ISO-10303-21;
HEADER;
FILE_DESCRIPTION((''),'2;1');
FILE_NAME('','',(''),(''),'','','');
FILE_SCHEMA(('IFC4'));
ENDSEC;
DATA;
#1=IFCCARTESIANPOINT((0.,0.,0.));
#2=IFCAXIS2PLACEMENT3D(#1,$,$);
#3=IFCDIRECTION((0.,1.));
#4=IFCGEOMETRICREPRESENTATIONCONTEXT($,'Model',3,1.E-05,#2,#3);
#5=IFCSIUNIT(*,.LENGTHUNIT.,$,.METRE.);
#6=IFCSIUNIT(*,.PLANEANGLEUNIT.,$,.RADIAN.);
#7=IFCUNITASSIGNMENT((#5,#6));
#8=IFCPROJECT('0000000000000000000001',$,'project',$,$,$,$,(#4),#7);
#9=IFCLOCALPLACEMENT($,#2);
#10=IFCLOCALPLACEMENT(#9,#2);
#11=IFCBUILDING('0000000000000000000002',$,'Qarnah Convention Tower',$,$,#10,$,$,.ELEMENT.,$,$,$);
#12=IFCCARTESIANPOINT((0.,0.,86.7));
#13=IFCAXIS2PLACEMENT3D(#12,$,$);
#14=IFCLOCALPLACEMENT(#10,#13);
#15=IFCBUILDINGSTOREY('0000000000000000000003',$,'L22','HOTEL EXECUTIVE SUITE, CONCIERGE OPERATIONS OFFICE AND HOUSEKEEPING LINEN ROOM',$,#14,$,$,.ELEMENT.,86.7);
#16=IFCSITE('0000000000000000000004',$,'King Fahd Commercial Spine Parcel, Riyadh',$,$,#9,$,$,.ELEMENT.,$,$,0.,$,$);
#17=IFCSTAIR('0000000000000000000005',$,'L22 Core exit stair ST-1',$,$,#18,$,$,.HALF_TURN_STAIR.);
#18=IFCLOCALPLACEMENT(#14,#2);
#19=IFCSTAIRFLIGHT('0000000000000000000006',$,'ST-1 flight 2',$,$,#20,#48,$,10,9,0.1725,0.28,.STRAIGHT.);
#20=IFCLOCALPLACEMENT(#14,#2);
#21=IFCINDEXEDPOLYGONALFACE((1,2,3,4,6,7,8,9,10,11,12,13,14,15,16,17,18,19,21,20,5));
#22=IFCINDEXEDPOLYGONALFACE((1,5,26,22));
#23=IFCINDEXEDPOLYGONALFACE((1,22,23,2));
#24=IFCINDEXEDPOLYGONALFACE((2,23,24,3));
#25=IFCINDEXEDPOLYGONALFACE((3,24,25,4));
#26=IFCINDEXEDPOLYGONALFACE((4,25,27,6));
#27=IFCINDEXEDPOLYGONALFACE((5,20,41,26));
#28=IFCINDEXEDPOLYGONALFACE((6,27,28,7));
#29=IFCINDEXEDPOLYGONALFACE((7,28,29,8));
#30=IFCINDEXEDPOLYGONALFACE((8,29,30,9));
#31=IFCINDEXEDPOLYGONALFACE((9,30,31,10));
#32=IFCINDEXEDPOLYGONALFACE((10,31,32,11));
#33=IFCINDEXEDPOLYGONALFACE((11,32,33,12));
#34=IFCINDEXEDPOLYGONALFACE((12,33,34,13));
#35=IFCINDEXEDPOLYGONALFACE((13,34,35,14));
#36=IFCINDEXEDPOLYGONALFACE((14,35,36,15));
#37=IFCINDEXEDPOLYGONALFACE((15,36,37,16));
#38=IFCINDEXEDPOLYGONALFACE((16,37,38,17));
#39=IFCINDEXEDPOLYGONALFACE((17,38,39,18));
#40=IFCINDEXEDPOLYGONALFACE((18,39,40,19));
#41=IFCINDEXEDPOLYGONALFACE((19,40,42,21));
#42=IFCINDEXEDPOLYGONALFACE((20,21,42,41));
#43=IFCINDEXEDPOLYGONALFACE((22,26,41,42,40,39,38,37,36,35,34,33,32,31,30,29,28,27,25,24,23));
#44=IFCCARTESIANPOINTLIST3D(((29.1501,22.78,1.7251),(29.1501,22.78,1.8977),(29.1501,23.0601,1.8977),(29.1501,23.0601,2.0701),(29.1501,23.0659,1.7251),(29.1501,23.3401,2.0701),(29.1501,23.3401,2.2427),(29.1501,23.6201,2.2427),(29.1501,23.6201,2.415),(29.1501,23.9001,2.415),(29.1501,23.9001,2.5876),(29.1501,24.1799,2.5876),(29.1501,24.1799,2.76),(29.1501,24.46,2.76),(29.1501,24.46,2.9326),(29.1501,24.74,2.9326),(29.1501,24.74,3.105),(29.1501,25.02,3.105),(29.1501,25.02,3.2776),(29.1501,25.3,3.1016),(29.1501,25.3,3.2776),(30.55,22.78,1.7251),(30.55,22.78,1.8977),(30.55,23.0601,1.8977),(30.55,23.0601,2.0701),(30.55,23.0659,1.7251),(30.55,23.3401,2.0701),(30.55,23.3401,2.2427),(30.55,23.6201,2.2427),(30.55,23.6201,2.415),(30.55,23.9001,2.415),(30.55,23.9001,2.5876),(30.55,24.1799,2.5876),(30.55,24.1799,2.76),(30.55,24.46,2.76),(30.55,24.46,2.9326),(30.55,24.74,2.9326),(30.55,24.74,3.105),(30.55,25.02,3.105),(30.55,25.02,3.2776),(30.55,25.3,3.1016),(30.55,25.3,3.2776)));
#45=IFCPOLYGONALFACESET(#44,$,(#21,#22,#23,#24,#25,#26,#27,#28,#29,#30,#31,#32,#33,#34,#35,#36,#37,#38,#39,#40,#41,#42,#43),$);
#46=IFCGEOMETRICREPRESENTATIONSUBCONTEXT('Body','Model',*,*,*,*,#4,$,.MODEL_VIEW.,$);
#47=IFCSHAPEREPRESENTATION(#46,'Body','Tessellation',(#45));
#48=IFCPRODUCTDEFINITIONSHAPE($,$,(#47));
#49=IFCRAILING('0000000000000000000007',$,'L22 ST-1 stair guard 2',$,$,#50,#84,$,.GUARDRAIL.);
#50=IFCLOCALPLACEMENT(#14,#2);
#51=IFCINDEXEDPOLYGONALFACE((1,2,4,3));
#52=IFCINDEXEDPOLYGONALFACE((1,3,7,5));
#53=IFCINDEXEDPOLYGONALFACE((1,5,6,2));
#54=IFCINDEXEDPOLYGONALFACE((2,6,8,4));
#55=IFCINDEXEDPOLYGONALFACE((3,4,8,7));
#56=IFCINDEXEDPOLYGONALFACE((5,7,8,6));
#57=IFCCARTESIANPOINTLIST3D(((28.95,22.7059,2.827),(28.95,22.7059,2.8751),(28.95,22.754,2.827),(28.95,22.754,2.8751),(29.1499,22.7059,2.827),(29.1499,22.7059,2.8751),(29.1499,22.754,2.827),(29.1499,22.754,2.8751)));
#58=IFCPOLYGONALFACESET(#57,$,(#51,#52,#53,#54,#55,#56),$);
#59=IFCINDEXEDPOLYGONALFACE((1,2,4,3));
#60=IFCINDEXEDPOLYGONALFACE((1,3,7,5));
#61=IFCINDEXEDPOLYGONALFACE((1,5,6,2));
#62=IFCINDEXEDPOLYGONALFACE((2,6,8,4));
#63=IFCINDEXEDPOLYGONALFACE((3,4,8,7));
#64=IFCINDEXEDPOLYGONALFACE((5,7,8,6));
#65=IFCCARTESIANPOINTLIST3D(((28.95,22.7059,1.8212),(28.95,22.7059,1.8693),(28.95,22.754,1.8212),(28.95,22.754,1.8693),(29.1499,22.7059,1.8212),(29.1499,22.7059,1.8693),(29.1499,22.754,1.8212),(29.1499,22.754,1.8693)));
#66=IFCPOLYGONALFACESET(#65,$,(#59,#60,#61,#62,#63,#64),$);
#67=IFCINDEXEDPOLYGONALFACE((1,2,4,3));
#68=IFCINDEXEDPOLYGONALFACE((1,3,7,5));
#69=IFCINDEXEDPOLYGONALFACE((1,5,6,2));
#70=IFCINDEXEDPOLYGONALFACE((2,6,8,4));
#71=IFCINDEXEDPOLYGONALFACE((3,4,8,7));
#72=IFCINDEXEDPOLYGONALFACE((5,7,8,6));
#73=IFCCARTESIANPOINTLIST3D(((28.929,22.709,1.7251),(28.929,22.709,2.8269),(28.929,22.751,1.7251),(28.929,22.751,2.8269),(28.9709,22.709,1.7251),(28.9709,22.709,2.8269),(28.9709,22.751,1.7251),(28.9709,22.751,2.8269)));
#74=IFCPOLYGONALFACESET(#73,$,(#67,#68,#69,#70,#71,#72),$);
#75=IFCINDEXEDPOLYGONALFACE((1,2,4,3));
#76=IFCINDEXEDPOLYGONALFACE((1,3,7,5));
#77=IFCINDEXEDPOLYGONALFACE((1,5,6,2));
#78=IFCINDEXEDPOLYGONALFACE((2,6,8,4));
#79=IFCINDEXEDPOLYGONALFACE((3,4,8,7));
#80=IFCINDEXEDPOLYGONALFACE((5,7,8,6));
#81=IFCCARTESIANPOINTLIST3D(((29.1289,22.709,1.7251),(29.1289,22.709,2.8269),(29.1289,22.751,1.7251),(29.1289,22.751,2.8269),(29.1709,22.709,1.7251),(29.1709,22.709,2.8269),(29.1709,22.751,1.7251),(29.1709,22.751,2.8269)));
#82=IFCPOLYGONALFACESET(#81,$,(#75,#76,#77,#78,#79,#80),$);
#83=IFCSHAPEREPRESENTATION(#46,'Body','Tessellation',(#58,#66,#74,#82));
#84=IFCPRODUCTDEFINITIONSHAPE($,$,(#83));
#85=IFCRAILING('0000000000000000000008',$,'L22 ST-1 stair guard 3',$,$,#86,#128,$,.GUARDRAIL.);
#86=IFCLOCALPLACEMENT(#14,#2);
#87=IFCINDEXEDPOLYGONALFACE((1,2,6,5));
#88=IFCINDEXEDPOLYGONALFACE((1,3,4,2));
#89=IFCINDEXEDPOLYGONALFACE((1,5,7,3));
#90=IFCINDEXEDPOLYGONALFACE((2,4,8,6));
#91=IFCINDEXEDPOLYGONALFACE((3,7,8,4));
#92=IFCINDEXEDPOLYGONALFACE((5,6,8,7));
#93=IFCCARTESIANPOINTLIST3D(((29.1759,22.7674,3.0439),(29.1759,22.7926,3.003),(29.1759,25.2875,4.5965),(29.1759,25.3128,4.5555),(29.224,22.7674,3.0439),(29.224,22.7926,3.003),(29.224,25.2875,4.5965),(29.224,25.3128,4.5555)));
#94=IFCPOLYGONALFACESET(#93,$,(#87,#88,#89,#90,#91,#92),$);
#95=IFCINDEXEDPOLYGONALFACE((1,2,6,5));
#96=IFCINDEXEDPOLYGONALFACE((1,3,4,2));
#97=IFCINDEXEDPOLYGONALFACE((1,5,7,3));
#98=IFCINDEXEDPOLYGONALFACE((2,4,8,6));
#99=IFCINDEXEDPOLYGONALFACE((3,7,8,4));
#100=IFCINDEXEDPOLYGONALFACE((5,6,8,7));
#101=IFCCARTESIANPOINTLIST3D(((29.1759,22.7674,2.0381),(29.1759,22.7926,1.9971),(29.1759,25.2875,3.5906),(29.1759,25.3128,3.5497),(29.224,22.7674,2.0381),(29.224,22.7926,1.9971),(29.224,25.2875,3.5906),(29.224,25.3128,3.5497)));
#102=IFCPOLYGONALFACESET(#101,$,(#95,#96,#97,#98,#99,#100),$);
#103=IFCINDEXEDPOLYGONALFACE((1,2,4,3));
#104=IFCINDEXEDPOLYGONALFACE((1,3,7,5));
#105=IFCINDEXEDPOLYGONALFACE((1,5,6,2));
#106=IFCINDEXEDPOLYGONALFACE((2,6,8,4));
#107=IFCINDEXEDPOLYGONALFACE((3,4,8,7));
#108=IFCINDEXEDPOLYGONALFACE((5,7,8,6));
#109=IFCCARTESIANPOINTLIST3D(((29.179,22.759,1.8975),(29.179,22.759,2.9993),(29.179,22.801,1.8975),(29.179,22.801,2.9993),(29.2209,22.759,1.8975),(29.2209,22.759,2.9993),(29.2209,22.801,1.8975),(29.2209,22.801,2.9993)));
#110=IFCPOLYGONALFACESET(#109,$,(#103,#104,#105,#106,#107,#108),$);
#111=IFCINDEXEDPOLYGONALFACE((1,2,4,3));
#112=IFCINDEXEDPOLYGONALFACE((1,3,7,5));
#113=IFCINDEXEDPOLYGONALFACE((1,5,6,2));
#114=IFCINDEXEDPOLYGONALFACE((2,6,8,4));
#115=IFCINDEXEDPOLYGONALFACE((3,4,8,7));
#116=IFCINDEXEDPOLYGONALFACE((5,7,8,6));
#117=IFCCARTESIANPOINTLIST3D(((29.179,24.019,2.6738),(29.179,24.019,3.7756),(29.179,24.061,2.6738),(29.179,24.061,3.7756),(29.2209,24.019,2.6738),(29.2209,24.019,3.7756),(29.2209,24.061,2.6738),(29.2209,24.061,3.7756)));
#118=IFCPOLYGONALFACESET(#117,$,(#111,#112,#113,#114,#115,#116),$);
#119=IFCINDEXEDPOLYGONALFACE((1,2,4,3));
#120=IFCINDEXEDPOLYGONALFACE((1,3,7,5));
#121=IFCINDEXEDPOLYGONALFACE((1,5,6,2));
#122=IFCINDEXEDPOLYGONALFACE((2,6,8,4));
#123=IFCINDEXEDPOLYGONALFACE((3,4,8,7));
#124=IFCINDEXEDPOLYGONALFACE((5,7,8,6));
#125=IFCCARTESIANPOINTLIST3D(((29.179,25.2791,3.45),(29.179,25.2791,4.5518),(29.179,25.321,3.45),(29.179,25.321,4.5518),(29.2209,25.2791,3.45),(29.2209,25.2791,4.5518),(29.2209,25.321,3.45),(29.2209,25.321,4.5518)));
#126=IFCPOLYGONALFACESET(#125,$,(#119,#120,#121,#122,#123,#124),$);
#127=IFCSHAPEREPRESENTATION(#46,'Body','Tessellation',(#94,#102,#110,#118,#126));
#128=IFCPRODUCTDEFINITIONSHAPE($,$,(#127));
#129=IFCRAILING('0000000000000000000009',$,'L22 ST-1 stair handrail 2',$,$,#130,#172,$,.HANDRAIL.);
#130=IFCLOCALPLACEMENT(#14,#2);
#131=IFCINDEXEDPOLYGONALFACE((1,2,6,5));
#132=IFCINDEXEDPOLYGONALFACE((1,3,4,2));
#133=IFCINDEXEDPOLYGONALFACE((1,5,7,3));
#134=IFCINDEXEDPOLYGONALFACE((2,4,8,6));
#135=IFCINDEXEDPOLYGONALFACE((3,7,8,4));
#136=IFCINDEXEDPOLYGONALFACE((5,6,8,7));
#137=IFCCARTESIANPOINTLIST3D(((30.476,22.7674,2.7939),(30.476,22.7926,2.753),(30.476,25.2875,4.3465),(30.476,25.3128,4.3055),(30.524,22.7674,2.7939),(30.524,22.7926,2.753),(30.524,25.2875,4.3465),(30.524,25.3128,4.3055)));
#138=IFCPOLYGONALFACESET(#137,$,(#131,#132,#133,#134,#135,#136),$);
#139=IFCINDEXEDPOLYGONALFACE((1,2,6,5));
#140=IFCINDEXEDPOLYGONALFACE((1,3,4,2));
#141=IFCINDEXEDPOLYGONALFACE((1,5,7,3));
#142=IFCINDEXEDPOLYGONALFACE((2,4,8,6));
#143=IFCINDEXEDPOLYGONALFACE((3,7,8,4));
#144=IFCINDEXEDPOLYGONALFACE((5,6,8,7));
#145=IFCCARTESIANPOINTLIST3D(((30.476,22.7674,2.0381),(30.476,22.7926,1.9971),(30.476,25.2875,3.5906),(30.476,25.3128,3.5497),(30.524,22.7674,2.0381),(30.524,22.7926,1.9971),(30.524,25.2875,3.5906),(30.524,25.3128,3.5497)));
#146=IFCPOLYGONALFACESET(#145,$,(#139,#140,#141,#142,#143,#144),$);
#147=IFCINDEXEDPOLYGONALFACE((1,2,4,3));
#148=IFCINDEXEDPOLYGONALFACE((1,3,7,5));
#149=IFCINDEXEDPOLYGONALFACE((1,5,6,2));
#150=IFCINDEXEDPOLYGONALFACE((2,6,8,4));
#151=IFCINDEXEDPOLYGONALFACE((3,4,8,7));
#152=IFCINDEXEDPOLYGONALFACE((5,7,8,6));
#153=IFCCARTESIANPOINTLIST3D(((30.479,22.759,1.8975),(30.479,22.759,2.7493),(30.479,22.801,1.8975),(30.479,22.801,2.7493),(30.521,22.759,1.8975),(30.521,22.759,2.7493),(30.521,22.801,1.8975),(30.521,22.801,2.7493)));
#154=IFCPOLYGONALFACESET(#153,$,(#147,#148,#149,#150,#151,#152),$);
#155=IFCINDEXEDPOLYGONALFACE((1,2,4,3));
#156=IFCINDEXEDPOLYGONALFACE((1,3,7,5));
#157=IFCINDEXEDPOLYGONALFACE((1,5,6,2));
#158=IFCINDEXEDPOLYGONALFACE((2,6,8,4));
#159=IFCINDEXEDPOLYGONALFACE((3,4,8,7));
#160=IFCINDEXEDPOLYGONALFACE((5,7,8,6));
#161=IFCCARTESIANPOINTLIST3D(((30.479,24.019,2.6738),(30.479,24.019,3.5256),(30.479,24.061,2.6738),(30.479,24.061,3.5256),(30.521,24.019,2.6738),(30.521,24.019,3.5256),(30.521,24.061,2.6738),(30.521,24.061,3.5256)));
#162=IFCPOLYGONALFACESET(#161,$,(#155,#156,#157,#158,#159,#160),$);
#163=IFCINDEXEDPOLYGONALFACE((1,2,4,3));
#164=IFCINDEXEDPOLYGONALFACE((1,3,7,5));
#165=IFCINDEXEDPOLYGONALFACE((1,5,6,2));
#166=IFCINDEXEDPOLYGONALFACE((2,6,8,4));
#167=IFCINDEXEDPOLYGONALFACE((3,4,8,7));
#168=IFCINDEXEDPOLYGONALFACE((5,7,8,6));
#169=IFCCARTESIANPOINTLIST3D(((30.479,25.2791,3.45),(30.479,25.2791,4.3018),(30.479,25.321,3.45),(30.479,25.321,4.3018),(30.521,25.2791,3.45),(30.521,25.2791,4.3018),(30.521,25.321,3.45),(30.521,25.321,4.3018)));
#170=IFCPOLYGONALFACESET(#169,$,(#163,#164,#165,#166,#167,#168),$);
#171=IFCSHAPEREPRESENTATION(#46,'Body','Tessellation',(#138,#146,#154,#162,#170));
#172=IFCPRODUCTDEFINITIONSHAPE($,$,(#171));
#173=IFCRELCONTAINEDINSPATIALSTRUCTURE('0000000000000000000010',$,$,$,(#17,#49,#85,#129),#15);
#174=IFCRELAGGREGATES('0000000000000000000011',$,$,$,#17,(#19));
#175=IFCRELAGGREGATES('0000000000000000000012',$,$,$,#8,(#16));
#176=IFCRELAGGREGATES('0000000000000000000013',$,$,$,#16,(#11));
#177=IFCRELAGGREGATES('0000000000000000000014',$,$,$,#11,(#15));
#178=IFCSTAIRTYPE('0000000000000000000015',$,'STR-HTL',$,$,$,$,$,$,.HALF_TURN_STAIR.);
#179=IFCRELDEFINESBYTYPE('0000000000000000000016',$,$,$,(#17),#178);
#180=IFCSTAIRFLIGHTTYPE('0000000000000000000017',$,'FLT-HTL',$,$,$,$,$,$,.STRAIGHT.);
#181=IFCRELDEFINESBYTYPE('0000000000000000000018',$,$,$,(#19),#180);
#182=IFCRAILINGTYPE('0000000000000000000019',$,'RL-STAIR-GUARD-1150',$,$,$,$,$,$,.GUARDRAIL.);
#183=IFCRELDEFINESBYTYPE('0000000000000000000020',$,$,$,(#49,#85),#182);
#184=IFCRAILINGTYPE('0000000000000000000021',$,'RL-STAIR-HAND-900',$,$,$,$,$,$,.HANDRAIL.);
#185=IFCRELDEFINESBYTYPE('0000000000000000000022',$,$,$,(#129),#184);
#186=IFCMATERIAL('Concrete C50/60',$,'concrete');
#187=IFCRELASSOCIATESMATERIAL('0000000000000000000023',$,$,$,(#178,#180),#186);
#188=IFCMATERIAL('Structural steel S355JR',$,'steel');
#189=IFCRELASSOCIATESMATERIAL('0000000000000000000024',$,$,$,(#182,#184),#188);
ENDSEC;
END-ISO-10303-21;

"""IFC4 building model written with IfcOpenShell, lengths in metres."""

from ifc_helpers import new_model, si_unit, direction, frame, origin, origin_2d, place, context, subcontext, project, spatial, polyline, rectangle, outline, extrude, material, type_object, element, aggregate, save


model = new_model("IFC4")

# Units and contexts
model_context = context("Model", 3, precision=1e-05, world=origin(), true_north=direction((0.0, 1.0)))
body_context = subcontext(model_context, "Body", "Model", "MODEL_VIEW")
ifc_project = project(units=[si_unit("LENGTHUNIT", "METRE"), si_unit("PLANEANGLEUNIT", "RADIAN")], contexts=[model_context])

# Site, building, storey
site_placement = place(None, origin())
site = spatial("IfcSite", under=ifc_project, at=site_placement, Name="King Fahd Commercial Spine Parcel, Riyadh", CompositionType="ELEMENT", RefElevation=0.0)
building_placement = place(site_placement, origin())
building = spatial("IfcBuilding", under=site, at=building_placement, Name="Qarnah Convention Tower", CompositionType="ELEMENT")
storey_placement = place(building_placement, frame((0.0, 0.0, 86.7)))
storey = spatial("IfcBuildingStorey", under=building, at=storey_placement, Name="L22", Description="HOTEL EXECUTIVE SUITE, CONCIERGE OPERATIONS OFFICE AND HOUSEKEEPING LINEN ROOM", CompositionType="ELEMENT", Elevation=86.7)

# Shared definitions
ifc_material_1 = material(Name="Structural steel S355JR", Category="steel")

# Stair, stair flight
ifc_material_2 = material(Name="Concrete C50/60", Category="concrete")
stair_type = type_object("IfcStairType", Name="STR-HTL", PredefinedType="HALF_TURN_STAIR", material=ifc_material_2)
stair_placement = place(storey_placement, origin())
stair = element("IfcStair", 1, at=stair_placement, inside=storey, type_object=stair_type, Name="L22 Core exit stair ST-1", PredefinedType="HALF_TURN_STAIR")
stair_flight_type = type_object("IfcStairFlightType", Name="FLT-HTL", PredefinedType="STRAIGHT", material=ifc_material_2)
stair_flight_1_placement = place(storey_placement, frame((29.8501, 22.78, 1.7251), z_axis=(0.0, 0.0, 1.0), x_axis=(0.0, 1.0, 0.0)))
stair_flight_1 = element("IfcStairFlight", 2, at=stair_flight_1_placement, type_object=stair_flight_type, Name="ST-1 flight 2", NumberOfRisers=10, NumberOfTreads=9, PredefinedType="STRAIGHT", RiserHeight=0.1725, TreadLength=0.28, context=body_context, shape_type="SweptSolid", body=[
    extrude(outline(polyline([(0.0, 0.0), (0.0, 0.1726), (0.28, 0.1726), (0.28, 0.345), (0.5601, 0.345), (0.5601, 0.5176), (0.8401, 0.5176), (0.8401, 0.6899), (1.1201, 0.6899), (1.1201, 0.8625), (1.3999, 0.8625), (1.3999, 1.0349), (1.6799, 1.0349), (1.6799, 1.2075), (1.96, 1.2075), (1.96, 1.3799), (2.24, 1.3799), (2.24, 1.5525), (2.52, 1.5525), (2.52, 1.7251), (2.52, 1.3765), (0.2859, 0.0), (0.0, 0.0)])), frame((0.0, 0.7, 0.0), z_axis=(0.0, -1.0, 0.0), x_axis=(1.0, 0.0, 0.0)), (0.0, 0.0, 1.0), 1.3999),
])
aggregate(stair, [stair_flight_1])

# Railings
railing_type_1 = type_object("IfcRailingType", Name="RL-STAIR-GUARD-1150", PredefinedType="GUARDRAIL", material=ifc_material_1)
railing_1_placement = place(storey_placement, frame((28.95, 22.73, 1.7251)))
element("IfcRailing", 3, at=railing_1_placement, inside=storey, type_object=railing_type_1, Name="L22 ST-1 stair guard 2", PredefinedType="GUARDRAIL", context=body_context, shape_type="SweptSolid", body=[
    extrude(rectangle(XDim=0.0481, YDim=0.0481, at=origin_2d()), frame((0.0, 0.0, 1.126), z_axis=(1.0, 0.0, 0.0), x_axis=(0.0, 1.0, 0.0)), (0.0, 0.0, 1.0), 0.2),
    extrude(rectangle(XDim=0.0481, YDim=0.0481, at=origin_2d()), frame((0.0, 0.0, 0.1201), z_axis=(1.0, 0.0, 0.0), x_axis=(0.0, 1.0, 0.0)), (0.0, 0.0, 1.0), 0.2),
    extrude(rectangle(XDim=0.042, YDim=0.042, at=origin_2d()), origin(), (0.0, 0.0, 1.0), 1.1018),
    extrude(rectangle(XDim=0.042, YDim=0.042, at=origin_2d()), frame((0.2, 0.0, 0.0)), (0.0, 0.0, 1.0), 1.1018),
])
railing_2_placement = place(storey_placement, frame((29.2, 22.78, 1.8975)))
element("IfcRailing", 4, at=railing_2_placement, inside=storey, type_object=railing_type_1, Name="L22 ST-1 stair guard 3", PredefinedType="GUARDRAIL", context=body_context, shape_type="SweptSolid", body=[
    extrude(rectangle(XDim=0.0481, YDim=0.0481, at=origin_2d()), frame((0.0, 0.0, 1.126), z_axis=(0.0, 0.8514, 0.524516), x_axis=(-1.0, 0.0, 0.0)), (0.0, 0.0, 1.0), 2.96),
    extrude(rectangle(XDim=0.0481, YDim=0.0481, at=origin_2d()), frame((0.0, 0.0, 0.1201), z_axis=(0.0, 0.8514, 0.524516), x_axis=(-1.0, 0.0, 0.0)), (0.0, 0.0, 1.0), 2.96),
    extrude(rectangle(XDim=0.042, YDim=0.042, at=origin_2d()), origin(), (0.0, 0.0, 1.0), 1.1018),
    extrude(rectangle(XDim=0.042, YDim=0.042, at=origin_2d()), frame((0.0, 1.26, 0.7764)), (0.0, 0.0, 1.0), 1.1018),
    extrude(rectangle(XDim=0.042, YDim=0.042, at=origin_2d()), frame((0.0, 2.52, 1.5525)), (0.0, 0.0, 1.0), 1.1018),
])
railing_type_2 = type_object("IfcRailingType", Name="RL-STAIR-HAND-900", PredefinedType="HANDRAIL", material=ifc_material_1)
railing_3_placement = place(storey_placement, frame((30.5, 22.78, 1.8975)))
element("IfcRailing", 5, at=railing_3_placement, inside=storey, type_object=railing_type_2, Name="L22 ST-1 stair handrail 2", PredefinedType="HANDRAIL", context=body_context, shape_type="SweptSolid", body=[
    extrude(rectangle(XDim=0.0481, YDim=0.0481, at=origin_2d()), frame((0.0, 0.0, 0.876), z_axis=(0.0, 0.8514, 0.524516), x_axis=(-1.0, 0.0, 0.0)), (0.0, 0.0, 1.0), 2.96),
    extrude(rectangle(XDim=0.0481, YDim=0.0481, at=origin_2d()), frame((0.0, 0.0, 0.1201), z_axis=(0.0, 0.8514, 0.524516), x_axis=(-1.0, 0.0, 0.0)), (0.0, 0.0, 1.0), 2.96),
    extrude(rectangle(XDim=0.042, YDim=0.042, at=origin_2d()), origin(), (0.0, 0.0, 1.0), 0.8518),
    extrude(rectangle(XDim=0.042, YDim=0.042, at=origin_2d()), frame((0.0, 1.26, 0.7764)), (0.0, 0.0, 1.0), 0.8518),
    extrude(rectangle(XDim=0.042, YDim=0.042, at=origin_2d()), frame((0.0, 2.52, 1.5525)), (0.0, 0.0, 1.0), 0.8518),
])

save(model, "model.ifc")
